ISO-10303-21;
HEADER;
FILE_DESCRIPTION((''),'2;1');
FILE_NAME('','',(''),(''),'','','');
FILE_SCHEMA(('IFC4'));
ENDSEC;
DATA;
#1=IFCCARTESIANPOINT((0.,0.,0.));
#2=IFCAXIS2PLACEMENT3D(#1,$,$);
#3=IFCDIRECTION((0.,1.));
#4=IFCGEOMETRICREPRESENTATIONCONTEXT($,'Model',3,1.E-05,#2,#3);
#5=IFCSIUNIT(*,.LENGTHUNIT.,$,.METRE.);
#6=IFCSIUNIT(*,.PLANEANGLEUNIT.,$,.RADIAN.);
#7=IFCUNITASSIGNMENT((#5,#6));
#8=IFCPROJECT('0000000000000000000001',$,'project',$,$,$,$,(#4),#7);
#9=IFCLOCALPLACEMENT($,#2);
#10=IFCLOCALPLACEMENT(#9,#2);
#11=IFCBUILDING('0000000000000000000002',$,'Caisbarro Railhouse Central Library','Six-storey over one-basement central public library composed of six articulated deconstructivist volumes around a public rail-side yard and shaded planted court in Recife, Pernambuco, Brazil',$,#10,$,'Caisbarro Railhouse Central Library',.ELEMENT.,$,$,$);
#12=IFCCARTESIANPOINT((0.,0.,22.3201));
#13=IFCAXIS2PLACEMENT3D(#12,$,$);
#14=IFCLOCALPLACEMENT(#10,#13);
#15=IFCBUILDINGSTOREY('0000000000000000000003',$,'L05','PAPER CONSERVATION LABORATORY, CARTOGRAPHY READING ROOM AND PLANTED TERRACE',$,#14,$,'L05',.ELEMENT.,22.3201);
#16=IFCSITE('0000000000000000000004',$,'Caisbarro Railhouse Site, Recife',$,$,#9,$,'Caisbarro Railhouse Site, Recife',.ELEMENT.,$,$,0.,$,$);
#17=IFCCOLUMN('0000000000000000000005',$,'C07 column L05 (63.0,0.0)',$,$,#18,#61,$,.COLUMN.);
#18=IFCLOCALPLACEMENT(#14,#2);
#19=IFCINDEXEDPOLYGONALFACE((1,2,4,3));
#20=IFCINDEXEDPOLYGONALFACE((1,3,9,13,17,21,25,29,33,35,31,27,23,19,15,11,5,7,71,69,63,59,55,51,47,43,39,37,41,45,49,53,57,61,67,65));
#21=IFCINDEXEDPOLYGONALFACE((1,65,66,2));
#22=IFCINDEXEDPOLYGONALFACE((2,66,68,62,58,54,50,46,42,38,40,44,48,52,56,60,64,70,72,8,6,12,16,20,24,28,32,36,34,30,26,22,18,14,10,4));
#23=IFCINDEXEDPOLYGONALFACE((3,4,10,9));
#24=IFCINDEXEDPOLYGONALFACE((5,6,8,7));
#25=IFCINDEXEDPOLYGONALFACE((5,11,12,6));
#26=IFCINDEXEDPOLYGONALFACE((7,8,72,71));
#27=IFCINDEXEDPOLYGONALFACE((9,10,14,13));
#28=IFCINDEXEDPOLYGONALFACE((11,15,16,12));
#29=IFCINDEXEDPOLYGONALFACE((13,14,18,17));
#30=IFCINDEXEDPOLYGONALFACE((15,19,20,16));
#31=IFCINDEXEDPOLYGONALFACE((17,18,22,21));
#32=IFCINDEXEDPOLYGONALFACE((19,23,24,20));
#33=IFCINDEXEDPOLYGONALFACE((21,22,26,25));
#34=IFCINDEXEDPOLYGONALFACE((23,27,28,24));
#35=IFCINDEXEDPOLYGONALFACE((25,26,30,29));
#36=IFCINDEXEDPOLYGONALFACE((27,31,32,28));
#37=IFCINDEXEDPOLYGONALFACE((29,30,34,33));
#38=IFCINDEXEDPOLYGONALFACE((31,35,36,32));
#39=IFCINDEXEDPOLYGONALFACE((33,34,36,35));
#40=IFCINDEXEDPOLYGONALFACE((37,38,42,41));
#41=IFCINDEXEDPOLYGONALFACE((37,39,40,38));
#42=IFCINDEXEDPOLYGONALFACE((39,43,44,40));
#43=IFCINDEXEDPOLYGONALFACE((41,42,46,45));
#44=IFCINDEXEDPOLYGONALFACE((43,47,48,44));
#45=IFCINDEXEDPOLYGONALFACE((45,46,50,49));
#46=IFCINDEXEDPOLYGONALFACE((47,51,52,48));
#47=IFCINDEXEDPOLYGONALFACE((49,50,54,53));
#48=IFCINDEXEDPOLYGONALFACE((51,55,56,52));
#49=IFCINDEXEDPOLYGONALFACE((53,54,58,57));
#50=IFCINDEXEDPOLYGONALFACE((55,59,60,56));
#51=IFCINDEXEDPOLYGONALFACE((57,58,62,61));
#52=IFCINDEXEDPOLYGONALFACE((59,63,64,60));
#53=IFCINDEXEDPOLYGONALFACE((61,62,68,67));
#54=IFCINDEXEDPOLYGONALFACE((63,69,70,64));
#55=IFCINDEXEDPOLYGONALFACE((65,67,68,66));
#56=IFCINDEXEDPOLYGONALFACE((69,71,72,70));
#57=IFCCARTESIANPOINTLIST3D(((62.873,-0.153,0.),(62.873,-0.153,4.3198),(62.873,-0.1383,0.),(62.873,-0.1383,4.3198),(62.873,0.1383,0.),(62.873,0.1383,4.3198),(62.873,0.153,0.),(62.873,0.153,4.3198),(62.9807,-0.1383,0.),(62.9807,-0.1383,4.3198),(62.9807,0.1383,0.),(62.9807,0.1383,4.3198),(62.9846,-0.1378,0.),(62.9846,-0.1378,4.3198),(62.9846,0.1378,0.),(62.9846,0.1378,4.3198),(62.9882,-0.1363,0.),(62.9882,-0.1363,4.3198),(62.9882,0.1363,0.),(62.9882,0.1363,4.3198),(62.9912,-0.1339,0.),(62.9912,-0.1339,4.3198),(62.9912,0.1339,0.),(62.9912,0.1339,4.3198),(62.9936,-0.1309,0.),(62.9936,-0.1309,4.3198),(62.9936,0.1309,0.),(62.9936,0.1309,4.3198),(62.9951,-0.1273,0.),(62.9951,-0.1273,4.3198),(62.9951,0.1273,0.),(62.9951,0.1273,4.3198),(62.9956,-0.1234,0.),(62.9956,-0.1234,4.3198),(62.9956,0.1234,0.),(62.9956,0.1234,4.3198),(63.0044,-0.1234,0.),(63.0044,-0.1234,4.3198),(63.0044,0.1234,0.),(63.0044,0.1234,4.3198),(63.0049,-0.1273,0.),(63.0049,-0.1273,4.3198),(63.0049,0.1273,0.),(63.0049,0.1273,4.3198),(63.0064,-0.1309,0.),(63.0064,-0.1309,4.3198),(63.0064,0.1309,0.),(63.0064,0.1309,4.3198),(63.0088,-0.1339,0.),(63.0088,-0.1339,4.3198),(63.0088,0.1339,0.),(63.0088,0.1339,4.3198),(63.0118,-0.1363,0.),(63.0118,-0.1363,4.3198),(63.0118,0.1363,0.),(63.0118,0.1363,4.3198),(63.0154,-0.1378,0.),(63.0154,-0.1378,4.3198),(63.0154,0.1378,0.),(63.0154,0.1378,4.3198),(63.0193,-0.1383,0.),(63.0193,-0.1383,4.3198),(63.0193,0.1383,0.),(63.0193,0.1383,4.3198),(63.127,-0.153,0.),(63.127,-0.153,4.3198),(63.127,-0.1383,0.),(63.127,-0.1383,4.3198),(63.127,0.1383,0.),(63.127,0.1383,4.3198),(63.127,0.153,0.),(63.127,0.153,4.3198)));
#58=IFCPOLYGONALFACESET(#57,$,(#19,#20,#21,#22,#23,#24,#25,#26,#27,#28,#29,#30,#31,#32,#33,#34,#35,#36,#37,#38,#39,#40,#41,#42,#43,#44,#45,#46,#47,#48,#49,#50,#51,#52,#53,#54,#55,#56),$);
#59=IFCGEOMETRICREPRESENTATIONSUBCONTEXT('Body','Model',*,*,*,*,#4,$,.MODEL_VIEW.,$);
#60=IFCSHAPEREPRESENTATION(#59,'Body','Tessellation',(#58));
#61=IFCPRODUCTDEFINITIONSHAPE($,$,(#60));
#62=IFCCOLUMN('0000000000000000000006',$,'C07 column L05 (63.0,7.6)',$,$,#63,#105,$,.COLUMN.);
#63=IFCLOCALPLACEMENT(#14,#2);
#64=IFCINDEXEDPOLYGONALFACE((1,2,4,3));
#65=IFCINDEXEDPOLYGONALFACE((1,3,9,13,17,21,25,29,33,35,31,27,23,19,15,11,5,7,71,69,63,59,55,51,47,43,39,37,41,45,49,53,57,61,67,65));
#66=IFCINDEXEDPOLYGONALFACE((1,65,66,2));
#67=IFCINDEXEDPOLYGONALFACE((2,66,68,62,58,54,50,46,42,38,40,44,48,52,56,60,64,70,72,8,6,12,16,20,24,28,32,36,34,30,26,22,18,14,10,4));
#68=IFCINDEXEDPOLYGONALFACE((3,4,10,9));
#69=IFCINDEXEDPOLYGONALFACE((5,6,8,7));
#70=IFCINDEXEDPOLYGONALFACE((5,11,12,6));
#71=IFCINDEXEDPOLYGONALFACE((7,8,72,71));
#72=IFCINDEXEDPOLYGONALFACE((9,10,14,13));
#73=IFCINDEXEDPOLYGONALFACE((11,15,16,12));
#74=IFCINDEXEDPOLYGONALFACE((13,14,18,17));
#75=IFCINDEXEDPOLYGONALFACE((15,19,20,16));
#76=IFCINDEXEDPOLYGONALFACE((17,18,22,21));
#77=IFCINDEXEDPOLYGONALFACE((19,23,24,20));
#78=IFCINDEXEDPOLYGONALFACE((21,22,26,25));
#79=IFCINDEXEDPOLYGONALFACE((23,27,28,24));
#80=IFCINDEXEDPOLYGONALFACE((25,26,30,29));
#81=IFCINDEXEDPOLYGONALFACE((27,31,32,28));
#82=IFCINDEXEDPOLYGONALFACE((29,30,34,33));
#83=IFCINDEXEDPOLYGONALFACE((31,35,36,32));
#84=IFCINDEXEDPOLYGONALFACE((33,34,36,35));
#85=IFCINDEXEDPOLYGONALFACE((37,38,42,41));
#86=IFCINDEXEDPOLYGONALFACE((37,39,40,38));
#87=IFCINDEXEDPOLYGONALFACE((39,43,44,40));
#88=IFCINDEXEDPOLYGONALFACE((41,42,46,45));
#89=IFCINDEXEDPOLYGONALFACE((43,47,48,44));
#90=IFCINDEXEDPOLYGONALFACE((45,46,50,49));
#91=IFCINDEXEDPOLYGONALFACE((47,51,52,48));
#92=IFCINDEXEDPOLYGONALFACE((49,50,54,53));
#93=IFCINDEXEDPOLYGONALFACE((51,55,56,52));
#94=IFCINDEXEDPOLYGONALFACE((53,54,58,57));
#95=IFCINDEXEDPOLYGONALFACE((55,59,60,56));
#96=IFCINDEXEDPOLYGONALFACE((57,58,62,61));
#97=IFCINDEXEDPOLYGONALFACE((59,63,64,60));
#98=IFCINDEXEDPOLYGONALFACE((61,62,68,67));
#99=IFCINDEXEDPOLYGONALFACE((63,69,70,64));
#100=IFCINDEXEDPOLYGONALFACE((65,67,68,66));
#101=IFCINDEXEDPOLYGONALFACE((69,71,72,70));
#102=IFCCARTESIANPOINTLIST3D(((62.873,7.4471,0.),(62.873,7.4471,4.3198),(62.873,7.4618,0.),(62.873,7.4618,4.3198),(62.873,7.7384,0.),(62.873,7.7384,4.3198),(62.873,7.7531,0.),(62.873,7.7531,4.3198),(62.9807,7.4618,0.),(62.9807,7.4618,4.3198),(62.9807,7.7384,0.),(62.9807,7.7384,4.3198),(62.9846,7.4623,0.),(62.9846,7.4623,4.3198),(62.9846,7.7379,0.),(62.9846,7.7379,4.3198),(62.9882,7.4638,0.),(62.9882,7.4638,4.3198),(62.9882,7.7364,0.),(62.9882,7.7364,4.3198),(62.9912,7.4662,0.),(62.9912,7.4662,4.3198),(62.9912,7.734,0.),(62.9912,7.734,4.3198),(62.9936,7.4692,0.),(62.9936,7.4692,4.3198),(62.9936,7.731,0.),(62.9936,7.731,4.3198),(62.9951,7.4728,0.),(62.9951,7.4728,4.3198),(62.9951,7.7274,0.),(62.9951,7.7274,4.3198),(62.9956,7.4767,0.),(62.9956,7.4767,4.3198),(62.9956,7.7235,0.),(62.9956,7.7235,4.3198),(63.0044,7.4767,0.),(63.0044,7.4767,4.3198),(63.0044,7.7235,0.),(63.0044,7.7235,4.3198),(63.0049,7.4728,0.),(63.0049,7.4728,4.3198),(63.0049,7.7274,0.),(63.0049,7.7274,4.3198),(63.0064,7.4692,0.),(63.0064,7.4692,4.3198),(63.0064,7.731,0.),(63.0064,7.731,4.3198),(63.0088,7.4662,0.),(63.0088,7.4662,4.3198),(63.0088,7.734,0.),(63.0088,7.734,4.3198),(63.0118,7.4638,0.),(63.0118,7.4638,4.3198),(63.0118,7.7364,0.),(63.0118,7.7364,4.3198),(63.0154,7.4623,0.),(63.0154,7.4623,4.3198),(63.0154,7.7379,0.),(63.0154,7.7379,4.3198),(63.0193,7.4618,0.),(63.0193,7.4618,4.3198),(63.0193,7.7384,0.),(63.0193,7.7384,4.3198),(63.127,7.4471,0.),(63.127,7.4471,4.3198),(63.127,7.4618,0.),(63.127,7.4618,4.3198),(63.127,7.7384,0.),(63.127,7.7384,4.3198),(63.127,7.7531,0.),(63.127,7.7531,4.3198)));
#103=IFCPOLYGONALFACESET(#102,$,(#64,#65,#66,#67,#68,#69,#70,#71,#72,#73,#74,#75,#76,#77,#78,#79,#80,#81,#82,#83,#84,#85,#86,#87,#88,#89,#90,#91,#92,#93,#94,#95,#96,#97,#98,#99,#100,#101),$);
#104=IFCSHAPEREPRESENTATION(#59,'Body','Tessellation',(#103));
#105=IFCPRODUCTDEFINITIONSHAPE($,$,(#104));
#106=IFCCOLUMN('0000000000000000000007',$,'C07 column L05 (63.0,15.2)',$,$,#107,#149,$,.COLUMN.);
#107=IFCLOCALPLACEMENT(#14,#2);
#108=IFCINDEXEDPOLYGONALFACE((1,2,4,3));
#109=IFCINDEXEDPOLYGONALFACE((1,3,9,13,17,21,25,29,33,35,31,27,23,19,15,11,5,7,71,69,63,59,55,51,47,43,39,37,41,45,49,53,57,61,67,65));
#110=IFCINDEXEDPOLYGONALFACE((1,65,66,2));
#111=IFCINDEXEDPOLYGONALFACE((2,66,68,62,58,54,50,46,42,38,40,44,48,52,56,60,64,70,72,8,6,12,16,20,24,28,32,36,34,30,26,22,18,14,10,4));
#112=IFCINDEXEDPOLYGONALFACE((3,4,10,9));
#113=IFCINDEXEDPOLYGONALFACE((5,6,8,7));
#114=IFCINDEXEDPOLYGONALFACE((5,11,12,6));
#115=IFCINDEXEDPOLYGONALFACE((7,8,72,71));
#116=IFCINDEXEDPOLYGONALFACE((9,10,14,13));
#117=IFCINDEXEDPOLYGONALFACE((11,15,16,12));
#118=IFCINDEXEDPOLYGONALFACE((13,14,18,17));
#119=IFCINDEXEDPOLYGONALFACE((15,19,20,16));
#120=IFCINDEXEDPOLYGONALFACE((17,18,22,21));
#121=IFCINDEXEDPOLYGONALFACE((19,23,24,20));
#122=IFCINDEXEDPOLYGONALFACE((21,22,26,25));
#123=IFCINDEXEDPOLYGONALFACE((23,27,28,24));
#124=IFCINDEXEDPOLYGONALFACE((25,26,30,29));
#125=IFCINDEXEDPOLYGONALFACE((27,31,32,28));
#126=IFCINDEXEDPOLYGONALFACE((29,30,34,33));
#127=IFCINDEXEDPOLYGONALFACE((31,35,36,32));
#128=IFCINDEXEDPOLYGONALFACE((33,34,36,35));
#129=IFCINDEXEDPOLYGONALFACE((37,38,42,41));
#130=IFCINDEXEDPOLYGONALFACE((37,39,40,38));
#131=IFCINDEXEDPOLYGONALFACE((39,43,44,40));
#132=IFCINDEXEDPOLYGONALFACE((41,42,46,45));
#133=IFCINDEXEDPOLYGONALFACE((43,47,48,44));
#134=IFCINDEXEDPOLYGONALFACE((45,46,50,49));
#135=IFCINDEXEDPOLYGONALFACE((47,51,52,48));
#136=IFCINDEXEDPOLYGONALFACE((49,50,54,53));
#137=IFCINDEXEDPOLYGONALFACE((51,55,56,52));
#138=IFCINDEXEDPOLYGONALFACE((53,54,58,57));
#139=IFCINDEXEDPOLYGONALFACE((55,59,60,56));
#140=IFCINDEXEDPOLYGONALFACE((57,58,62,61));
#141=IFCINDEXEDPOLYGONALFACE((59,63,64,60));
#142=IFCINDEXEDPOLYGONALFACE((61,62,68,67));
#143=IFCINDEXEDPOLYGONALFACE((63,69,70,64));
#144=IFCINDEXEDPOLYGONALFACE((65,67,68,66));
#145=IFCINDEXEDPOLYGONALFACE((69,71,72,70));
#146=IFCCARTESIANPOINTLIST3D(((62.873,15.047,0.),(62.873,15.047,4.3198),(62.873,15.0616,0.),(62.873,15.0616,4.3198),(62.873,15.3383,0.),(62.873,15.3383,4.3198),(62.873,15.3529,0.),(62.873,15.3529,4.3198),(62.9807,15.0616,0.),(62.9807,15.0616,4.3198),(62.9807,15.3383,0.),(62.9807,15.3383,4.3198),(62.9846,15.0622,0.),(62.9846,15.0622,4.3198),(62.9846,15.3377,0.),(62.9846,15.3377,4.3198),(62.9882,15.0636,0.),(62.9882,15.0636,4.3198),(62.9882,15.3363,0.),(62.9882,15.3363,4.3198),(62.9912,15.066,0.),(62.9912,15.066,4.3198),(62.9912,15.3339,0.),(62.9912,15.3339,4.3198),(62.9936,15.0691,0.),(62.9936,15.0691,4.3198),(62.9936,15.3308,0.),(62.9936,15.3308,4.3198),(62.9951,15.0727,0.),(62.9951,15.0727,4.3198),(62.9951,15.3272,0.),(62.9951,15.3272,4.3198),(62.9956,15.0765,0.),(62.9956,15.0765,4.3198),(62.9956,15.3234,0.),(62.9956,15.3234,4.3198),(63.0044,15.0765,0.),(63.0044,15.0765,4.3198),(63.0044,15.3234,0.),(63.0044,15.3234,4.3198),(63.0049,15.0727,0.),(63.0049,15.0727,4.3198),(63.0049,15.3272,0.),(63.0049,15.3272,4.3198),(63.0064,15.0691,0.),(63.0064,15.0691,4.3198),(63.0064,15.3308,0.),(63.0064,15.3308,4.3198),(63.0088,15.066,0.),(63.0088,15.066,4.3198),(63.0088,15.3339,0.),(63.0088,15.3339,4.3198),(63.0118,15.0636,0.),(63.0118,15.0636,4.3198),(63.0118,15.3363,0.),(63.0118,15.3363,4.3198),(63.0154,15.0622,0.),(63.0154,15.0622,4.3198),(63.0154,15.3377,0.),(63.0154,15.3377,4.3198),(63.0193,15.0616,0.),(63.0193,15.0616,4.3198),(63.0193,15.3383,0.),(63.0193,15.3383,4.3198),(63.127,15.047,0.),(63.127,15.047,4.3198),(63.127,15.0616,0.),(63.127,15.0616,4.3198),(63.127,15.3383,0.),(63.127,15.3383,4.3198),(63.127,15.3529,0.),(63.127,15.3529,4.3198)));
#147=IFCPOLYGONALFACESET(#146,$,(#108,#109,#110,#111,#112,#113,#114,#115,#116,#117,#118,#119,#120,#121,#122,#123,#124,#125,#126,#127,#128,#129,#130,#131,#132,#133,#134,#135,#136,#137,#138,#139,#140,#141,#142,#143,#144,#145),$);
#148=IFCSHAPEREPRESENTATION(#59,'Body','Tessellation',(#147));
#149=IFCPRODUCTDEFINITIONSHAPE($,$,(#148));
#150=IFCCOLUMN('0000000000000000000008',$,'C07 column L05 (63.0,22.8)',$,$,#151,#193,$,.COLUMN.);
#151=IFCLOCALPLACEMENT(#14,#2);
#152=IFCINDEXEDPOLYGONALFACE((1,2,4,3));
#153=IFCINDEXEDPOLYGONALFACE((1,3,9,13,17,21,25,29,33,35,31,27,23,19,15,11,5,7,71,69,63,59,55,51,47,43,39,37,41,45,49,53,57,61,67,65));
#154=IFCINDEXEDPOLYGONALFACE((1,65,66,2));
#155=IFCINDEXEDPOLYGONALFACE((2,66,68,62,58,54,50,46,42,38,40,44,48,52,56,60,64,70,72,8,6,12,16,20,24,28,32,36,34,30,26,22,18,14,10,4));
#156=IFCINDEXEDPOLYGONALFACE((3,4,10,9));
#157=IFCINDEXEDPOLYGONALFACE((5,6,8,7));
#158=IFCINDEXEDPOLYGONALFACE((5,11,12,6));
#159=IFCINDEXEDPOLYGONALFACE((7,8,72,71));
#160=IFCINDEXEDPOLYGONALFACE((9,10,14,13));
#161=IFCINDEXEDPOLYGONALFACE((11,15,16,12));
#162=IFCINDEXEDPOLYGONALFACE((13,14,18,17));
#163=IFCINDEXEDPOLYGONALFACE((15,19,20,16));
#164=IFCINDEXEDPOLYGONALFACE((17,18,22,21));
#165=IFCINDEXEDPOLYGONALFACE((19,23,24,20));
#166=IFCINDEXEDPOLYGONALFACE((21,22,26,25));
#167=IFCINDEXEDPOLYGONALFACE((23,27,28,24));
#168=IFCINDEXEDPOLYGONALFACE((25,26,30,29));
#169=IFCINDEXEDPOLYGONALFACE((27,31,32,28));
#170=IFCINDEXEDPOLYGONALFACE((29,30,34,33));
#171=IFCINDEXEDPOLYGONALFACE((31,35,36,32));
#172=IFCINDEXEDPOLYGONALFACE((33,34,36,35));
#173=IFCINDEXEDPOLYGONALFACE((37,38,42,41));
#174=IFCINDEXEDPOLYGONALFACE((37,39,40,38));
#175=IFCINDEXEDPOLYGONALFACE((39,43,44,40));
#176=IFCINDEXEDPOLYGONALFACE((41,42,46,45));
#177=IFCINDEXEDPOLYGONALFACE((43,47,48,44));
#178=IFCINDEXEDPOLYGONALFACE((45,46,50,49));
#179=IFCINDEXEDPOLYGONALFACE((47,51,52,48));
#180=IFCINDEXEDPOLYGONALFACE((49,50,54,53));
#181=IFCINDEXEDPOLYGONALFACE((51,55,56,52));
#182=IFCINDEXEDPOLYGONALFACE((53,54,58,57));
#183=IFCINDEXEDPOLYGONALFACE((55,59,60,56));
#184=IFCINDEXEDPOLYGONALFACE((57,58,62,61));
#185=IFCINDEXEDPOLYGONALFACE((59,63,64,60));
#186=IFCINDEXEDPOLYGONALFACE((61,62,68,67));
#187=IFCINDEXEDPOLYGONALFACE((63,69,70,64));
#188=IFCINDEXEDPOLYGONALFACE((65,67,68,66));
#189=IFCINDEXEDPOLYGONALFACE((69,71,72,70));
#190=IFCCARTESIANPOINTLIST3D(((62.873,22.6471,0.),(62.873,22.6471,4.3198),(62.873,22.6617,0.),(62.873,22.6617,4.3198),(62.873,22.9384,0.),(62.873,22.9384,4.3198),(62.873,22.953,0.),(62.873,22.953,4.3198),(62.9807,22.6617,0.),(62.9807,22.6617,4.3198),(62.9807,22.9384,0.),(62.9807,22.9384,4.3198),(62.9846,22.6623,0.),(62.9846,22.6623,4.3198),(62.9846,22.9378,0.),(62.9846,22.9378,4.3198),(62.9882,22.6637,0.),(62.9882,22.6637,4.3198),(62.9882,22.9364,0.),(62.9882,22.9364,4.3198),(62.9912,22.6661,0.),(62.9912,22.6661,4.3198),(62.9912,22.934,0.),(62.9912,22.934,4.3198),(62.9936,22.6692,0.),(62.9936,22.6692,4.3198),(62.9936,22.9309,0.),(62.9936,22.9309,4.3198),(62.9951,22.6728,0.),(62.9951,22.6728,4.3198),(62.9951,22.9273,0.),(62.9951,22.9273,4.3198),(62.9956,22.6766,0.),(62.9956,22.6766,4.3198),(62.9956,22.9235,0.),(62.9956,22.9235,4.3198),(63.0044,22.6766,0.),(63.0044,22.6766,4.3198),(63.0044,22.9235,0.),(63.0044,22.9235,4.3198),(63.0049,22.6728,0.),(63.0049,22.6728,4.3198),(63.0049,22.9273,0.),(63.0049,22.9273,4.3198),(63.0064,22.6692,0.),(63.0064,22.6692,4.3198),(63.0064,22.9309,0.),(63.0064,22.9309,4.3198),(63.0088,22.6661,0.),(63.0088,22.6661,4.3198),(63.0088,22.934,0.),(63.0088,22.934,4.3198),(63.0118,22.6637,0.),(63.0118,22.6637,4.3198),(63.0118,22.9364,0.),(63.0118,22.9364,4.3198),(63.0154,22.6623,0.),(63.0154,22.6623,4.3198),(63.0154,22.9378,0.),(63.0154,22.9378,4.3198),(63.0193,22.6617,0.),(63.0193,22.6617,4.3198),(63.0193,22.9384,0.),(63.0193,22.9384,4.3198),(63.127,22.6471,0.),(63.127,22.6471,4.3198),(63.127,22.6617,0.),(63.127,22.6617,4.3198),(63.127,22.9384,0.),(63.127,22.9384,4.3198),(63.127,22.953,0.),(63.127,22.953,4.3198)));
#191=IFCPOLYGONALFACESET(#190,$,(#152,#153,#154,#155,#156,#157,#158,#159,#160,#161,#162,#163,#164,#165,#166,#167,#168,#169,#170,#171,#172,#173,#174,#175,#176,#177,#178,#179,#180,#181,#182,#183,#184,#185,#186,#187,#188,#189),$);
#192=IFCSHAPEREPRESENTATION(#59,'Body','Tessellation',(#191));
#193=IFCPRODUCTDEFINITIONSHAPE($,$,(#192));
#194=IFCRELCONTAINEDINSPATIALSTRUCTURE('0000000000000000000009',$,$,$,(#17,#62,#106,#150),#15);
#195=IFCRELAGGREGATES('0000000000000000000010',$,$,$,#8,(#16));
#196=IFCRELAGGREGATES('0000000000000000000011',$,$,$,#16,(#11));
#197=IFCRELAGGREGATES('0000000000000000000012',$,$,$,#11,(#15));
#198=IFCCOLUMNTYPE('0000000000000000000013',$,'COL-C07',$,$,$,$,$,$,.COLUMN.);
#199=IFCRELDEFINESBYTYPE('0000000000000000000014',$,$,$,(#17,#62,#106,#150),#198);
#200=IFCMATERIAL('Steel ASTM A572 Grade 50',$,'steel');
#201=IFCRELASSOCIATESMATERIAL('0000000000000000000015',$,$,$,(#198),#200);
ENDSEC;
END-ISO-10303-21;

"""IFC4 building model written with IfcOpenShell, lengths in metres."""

from ifc_helpers import new_model, si_unit, direction, frame, origin, origin_2d, place, context, subcontext, project, spatial, i_section, extrude, material, material_profile, profile_set, type_object, element, save


model = new_model("IFC4")

# Units and contexts
model_context = context("Model", 3, precision=1e-05, world=origin(), true_north=direction((0.0, 1.0)))
body_context = subcontext(model_context, "Body", "Model", "MODEL_VIEW")
ifc_project = project(units=[si_unit("LENGTHUNIT", "METRE"), si_unit("PLANEANGLEUNIT", "RADIAN")], contexts=[model_context])

# Site, building, storey
site_placement = place(None, origin())
site = spatial("IfcSite", under=ifc_project, at=site_placement, Name="Caisbarro Railhouse Site, Recife", LongName="Caisbarro Railhouse Site, Recife", CompositionType="ELEMENT", RefElevation=0.0)
building_placement = place(site_placement, origin())
building = spatial("IfcBuilding", under=site, at=building_placement, Name="Caisbarro Railhouse Central Library", Description="Six-storey over one-basement central public library composed of six articulated deconstructivist volumes around a public rail-side yard and shaded planted court in Recife, Pernambuco, Brazil", LongName="Caisbarro Railhouse Central Library", CompositionType="ELEMENT")
storey_placement = place(building_placement, frame((0.0, 0.0, 22.3201)))
storey = spatial("IfcBuildingStorey", under=building, at=storey_placement, Name="L05", Description="PAPER CONSERVATION LABORATORY, CARTOGRAPHY READING ROOM AND PLANTED TERRACE", LongName="L05", CompositionType="ELEMENT", Elevation=22.3201)

# Columns
ifc_material_1 = material(Name="Steel ASTM A572 Grade 50", Category="steel")
ifc_material_profile_1 = material_profile(ifc_material_1, i_section(OverallWidth=0.2539, OverallDepth=0.3059, WebThickness=0.0088, FlangeThickness=0.0146, FilletRadius=0.0149, at=origin_2d()), Name="W310X79.0")
ifc_profile_set_1 = profile_set([ifc_material_profile_1], Name="Steel ASTM A572 Grade 50")
column_type = type_object("IfcColumnType", Name="COL-C07", PredefinedType="COLUMN", material=ifc_profile_set_1)
for number, where, z_axis, x_axis, name in (
    (1, (63.0, 0.0, 0.0), (0.0, 0.0, 1.0), (1.0, 0.0, 0.0), "C07 column L05 (63.0,0.0)"),
    (2, (63.0, 7.6001, 0.0), (0.0, 0.0, 1.0), (1.0, 0.0, 0.0), "C07 column L05 (63.0,7.6)"),
    (3, (63.0, 15.2, 0.0), (0.0, 0.0, 1.0), (1.0, 0.0, 0.0), "C07 column L05 (63.0,15.2)"),
    (4, (63.0, 22.8, 0.0), (0.0, 0.0, 1.0), (1.0, 0.0, 0.0), "C07 column L05 (63.0,22.8)"),
):
    element("IfcColumn", number, at=place(storey_placement, frame(where, z_axis=z_axis, x_axis=x_axis)), inside=storey, type_object=column_type, Name=name, PredefinedType="COLUMN", context=body_context, shape_type="SweptSolid", body=[
        extrude(i_section(OverallWidth=0.2539, OverallDepth=0.3059, WebThickness=0.0088, FlangeThickness=0.0146, FilletRadius=0.0149, at=origin_2d()), origin(), (0.0, 0.0, 1.0), 4.3198),
    ])

save(model, "model.ifc")
